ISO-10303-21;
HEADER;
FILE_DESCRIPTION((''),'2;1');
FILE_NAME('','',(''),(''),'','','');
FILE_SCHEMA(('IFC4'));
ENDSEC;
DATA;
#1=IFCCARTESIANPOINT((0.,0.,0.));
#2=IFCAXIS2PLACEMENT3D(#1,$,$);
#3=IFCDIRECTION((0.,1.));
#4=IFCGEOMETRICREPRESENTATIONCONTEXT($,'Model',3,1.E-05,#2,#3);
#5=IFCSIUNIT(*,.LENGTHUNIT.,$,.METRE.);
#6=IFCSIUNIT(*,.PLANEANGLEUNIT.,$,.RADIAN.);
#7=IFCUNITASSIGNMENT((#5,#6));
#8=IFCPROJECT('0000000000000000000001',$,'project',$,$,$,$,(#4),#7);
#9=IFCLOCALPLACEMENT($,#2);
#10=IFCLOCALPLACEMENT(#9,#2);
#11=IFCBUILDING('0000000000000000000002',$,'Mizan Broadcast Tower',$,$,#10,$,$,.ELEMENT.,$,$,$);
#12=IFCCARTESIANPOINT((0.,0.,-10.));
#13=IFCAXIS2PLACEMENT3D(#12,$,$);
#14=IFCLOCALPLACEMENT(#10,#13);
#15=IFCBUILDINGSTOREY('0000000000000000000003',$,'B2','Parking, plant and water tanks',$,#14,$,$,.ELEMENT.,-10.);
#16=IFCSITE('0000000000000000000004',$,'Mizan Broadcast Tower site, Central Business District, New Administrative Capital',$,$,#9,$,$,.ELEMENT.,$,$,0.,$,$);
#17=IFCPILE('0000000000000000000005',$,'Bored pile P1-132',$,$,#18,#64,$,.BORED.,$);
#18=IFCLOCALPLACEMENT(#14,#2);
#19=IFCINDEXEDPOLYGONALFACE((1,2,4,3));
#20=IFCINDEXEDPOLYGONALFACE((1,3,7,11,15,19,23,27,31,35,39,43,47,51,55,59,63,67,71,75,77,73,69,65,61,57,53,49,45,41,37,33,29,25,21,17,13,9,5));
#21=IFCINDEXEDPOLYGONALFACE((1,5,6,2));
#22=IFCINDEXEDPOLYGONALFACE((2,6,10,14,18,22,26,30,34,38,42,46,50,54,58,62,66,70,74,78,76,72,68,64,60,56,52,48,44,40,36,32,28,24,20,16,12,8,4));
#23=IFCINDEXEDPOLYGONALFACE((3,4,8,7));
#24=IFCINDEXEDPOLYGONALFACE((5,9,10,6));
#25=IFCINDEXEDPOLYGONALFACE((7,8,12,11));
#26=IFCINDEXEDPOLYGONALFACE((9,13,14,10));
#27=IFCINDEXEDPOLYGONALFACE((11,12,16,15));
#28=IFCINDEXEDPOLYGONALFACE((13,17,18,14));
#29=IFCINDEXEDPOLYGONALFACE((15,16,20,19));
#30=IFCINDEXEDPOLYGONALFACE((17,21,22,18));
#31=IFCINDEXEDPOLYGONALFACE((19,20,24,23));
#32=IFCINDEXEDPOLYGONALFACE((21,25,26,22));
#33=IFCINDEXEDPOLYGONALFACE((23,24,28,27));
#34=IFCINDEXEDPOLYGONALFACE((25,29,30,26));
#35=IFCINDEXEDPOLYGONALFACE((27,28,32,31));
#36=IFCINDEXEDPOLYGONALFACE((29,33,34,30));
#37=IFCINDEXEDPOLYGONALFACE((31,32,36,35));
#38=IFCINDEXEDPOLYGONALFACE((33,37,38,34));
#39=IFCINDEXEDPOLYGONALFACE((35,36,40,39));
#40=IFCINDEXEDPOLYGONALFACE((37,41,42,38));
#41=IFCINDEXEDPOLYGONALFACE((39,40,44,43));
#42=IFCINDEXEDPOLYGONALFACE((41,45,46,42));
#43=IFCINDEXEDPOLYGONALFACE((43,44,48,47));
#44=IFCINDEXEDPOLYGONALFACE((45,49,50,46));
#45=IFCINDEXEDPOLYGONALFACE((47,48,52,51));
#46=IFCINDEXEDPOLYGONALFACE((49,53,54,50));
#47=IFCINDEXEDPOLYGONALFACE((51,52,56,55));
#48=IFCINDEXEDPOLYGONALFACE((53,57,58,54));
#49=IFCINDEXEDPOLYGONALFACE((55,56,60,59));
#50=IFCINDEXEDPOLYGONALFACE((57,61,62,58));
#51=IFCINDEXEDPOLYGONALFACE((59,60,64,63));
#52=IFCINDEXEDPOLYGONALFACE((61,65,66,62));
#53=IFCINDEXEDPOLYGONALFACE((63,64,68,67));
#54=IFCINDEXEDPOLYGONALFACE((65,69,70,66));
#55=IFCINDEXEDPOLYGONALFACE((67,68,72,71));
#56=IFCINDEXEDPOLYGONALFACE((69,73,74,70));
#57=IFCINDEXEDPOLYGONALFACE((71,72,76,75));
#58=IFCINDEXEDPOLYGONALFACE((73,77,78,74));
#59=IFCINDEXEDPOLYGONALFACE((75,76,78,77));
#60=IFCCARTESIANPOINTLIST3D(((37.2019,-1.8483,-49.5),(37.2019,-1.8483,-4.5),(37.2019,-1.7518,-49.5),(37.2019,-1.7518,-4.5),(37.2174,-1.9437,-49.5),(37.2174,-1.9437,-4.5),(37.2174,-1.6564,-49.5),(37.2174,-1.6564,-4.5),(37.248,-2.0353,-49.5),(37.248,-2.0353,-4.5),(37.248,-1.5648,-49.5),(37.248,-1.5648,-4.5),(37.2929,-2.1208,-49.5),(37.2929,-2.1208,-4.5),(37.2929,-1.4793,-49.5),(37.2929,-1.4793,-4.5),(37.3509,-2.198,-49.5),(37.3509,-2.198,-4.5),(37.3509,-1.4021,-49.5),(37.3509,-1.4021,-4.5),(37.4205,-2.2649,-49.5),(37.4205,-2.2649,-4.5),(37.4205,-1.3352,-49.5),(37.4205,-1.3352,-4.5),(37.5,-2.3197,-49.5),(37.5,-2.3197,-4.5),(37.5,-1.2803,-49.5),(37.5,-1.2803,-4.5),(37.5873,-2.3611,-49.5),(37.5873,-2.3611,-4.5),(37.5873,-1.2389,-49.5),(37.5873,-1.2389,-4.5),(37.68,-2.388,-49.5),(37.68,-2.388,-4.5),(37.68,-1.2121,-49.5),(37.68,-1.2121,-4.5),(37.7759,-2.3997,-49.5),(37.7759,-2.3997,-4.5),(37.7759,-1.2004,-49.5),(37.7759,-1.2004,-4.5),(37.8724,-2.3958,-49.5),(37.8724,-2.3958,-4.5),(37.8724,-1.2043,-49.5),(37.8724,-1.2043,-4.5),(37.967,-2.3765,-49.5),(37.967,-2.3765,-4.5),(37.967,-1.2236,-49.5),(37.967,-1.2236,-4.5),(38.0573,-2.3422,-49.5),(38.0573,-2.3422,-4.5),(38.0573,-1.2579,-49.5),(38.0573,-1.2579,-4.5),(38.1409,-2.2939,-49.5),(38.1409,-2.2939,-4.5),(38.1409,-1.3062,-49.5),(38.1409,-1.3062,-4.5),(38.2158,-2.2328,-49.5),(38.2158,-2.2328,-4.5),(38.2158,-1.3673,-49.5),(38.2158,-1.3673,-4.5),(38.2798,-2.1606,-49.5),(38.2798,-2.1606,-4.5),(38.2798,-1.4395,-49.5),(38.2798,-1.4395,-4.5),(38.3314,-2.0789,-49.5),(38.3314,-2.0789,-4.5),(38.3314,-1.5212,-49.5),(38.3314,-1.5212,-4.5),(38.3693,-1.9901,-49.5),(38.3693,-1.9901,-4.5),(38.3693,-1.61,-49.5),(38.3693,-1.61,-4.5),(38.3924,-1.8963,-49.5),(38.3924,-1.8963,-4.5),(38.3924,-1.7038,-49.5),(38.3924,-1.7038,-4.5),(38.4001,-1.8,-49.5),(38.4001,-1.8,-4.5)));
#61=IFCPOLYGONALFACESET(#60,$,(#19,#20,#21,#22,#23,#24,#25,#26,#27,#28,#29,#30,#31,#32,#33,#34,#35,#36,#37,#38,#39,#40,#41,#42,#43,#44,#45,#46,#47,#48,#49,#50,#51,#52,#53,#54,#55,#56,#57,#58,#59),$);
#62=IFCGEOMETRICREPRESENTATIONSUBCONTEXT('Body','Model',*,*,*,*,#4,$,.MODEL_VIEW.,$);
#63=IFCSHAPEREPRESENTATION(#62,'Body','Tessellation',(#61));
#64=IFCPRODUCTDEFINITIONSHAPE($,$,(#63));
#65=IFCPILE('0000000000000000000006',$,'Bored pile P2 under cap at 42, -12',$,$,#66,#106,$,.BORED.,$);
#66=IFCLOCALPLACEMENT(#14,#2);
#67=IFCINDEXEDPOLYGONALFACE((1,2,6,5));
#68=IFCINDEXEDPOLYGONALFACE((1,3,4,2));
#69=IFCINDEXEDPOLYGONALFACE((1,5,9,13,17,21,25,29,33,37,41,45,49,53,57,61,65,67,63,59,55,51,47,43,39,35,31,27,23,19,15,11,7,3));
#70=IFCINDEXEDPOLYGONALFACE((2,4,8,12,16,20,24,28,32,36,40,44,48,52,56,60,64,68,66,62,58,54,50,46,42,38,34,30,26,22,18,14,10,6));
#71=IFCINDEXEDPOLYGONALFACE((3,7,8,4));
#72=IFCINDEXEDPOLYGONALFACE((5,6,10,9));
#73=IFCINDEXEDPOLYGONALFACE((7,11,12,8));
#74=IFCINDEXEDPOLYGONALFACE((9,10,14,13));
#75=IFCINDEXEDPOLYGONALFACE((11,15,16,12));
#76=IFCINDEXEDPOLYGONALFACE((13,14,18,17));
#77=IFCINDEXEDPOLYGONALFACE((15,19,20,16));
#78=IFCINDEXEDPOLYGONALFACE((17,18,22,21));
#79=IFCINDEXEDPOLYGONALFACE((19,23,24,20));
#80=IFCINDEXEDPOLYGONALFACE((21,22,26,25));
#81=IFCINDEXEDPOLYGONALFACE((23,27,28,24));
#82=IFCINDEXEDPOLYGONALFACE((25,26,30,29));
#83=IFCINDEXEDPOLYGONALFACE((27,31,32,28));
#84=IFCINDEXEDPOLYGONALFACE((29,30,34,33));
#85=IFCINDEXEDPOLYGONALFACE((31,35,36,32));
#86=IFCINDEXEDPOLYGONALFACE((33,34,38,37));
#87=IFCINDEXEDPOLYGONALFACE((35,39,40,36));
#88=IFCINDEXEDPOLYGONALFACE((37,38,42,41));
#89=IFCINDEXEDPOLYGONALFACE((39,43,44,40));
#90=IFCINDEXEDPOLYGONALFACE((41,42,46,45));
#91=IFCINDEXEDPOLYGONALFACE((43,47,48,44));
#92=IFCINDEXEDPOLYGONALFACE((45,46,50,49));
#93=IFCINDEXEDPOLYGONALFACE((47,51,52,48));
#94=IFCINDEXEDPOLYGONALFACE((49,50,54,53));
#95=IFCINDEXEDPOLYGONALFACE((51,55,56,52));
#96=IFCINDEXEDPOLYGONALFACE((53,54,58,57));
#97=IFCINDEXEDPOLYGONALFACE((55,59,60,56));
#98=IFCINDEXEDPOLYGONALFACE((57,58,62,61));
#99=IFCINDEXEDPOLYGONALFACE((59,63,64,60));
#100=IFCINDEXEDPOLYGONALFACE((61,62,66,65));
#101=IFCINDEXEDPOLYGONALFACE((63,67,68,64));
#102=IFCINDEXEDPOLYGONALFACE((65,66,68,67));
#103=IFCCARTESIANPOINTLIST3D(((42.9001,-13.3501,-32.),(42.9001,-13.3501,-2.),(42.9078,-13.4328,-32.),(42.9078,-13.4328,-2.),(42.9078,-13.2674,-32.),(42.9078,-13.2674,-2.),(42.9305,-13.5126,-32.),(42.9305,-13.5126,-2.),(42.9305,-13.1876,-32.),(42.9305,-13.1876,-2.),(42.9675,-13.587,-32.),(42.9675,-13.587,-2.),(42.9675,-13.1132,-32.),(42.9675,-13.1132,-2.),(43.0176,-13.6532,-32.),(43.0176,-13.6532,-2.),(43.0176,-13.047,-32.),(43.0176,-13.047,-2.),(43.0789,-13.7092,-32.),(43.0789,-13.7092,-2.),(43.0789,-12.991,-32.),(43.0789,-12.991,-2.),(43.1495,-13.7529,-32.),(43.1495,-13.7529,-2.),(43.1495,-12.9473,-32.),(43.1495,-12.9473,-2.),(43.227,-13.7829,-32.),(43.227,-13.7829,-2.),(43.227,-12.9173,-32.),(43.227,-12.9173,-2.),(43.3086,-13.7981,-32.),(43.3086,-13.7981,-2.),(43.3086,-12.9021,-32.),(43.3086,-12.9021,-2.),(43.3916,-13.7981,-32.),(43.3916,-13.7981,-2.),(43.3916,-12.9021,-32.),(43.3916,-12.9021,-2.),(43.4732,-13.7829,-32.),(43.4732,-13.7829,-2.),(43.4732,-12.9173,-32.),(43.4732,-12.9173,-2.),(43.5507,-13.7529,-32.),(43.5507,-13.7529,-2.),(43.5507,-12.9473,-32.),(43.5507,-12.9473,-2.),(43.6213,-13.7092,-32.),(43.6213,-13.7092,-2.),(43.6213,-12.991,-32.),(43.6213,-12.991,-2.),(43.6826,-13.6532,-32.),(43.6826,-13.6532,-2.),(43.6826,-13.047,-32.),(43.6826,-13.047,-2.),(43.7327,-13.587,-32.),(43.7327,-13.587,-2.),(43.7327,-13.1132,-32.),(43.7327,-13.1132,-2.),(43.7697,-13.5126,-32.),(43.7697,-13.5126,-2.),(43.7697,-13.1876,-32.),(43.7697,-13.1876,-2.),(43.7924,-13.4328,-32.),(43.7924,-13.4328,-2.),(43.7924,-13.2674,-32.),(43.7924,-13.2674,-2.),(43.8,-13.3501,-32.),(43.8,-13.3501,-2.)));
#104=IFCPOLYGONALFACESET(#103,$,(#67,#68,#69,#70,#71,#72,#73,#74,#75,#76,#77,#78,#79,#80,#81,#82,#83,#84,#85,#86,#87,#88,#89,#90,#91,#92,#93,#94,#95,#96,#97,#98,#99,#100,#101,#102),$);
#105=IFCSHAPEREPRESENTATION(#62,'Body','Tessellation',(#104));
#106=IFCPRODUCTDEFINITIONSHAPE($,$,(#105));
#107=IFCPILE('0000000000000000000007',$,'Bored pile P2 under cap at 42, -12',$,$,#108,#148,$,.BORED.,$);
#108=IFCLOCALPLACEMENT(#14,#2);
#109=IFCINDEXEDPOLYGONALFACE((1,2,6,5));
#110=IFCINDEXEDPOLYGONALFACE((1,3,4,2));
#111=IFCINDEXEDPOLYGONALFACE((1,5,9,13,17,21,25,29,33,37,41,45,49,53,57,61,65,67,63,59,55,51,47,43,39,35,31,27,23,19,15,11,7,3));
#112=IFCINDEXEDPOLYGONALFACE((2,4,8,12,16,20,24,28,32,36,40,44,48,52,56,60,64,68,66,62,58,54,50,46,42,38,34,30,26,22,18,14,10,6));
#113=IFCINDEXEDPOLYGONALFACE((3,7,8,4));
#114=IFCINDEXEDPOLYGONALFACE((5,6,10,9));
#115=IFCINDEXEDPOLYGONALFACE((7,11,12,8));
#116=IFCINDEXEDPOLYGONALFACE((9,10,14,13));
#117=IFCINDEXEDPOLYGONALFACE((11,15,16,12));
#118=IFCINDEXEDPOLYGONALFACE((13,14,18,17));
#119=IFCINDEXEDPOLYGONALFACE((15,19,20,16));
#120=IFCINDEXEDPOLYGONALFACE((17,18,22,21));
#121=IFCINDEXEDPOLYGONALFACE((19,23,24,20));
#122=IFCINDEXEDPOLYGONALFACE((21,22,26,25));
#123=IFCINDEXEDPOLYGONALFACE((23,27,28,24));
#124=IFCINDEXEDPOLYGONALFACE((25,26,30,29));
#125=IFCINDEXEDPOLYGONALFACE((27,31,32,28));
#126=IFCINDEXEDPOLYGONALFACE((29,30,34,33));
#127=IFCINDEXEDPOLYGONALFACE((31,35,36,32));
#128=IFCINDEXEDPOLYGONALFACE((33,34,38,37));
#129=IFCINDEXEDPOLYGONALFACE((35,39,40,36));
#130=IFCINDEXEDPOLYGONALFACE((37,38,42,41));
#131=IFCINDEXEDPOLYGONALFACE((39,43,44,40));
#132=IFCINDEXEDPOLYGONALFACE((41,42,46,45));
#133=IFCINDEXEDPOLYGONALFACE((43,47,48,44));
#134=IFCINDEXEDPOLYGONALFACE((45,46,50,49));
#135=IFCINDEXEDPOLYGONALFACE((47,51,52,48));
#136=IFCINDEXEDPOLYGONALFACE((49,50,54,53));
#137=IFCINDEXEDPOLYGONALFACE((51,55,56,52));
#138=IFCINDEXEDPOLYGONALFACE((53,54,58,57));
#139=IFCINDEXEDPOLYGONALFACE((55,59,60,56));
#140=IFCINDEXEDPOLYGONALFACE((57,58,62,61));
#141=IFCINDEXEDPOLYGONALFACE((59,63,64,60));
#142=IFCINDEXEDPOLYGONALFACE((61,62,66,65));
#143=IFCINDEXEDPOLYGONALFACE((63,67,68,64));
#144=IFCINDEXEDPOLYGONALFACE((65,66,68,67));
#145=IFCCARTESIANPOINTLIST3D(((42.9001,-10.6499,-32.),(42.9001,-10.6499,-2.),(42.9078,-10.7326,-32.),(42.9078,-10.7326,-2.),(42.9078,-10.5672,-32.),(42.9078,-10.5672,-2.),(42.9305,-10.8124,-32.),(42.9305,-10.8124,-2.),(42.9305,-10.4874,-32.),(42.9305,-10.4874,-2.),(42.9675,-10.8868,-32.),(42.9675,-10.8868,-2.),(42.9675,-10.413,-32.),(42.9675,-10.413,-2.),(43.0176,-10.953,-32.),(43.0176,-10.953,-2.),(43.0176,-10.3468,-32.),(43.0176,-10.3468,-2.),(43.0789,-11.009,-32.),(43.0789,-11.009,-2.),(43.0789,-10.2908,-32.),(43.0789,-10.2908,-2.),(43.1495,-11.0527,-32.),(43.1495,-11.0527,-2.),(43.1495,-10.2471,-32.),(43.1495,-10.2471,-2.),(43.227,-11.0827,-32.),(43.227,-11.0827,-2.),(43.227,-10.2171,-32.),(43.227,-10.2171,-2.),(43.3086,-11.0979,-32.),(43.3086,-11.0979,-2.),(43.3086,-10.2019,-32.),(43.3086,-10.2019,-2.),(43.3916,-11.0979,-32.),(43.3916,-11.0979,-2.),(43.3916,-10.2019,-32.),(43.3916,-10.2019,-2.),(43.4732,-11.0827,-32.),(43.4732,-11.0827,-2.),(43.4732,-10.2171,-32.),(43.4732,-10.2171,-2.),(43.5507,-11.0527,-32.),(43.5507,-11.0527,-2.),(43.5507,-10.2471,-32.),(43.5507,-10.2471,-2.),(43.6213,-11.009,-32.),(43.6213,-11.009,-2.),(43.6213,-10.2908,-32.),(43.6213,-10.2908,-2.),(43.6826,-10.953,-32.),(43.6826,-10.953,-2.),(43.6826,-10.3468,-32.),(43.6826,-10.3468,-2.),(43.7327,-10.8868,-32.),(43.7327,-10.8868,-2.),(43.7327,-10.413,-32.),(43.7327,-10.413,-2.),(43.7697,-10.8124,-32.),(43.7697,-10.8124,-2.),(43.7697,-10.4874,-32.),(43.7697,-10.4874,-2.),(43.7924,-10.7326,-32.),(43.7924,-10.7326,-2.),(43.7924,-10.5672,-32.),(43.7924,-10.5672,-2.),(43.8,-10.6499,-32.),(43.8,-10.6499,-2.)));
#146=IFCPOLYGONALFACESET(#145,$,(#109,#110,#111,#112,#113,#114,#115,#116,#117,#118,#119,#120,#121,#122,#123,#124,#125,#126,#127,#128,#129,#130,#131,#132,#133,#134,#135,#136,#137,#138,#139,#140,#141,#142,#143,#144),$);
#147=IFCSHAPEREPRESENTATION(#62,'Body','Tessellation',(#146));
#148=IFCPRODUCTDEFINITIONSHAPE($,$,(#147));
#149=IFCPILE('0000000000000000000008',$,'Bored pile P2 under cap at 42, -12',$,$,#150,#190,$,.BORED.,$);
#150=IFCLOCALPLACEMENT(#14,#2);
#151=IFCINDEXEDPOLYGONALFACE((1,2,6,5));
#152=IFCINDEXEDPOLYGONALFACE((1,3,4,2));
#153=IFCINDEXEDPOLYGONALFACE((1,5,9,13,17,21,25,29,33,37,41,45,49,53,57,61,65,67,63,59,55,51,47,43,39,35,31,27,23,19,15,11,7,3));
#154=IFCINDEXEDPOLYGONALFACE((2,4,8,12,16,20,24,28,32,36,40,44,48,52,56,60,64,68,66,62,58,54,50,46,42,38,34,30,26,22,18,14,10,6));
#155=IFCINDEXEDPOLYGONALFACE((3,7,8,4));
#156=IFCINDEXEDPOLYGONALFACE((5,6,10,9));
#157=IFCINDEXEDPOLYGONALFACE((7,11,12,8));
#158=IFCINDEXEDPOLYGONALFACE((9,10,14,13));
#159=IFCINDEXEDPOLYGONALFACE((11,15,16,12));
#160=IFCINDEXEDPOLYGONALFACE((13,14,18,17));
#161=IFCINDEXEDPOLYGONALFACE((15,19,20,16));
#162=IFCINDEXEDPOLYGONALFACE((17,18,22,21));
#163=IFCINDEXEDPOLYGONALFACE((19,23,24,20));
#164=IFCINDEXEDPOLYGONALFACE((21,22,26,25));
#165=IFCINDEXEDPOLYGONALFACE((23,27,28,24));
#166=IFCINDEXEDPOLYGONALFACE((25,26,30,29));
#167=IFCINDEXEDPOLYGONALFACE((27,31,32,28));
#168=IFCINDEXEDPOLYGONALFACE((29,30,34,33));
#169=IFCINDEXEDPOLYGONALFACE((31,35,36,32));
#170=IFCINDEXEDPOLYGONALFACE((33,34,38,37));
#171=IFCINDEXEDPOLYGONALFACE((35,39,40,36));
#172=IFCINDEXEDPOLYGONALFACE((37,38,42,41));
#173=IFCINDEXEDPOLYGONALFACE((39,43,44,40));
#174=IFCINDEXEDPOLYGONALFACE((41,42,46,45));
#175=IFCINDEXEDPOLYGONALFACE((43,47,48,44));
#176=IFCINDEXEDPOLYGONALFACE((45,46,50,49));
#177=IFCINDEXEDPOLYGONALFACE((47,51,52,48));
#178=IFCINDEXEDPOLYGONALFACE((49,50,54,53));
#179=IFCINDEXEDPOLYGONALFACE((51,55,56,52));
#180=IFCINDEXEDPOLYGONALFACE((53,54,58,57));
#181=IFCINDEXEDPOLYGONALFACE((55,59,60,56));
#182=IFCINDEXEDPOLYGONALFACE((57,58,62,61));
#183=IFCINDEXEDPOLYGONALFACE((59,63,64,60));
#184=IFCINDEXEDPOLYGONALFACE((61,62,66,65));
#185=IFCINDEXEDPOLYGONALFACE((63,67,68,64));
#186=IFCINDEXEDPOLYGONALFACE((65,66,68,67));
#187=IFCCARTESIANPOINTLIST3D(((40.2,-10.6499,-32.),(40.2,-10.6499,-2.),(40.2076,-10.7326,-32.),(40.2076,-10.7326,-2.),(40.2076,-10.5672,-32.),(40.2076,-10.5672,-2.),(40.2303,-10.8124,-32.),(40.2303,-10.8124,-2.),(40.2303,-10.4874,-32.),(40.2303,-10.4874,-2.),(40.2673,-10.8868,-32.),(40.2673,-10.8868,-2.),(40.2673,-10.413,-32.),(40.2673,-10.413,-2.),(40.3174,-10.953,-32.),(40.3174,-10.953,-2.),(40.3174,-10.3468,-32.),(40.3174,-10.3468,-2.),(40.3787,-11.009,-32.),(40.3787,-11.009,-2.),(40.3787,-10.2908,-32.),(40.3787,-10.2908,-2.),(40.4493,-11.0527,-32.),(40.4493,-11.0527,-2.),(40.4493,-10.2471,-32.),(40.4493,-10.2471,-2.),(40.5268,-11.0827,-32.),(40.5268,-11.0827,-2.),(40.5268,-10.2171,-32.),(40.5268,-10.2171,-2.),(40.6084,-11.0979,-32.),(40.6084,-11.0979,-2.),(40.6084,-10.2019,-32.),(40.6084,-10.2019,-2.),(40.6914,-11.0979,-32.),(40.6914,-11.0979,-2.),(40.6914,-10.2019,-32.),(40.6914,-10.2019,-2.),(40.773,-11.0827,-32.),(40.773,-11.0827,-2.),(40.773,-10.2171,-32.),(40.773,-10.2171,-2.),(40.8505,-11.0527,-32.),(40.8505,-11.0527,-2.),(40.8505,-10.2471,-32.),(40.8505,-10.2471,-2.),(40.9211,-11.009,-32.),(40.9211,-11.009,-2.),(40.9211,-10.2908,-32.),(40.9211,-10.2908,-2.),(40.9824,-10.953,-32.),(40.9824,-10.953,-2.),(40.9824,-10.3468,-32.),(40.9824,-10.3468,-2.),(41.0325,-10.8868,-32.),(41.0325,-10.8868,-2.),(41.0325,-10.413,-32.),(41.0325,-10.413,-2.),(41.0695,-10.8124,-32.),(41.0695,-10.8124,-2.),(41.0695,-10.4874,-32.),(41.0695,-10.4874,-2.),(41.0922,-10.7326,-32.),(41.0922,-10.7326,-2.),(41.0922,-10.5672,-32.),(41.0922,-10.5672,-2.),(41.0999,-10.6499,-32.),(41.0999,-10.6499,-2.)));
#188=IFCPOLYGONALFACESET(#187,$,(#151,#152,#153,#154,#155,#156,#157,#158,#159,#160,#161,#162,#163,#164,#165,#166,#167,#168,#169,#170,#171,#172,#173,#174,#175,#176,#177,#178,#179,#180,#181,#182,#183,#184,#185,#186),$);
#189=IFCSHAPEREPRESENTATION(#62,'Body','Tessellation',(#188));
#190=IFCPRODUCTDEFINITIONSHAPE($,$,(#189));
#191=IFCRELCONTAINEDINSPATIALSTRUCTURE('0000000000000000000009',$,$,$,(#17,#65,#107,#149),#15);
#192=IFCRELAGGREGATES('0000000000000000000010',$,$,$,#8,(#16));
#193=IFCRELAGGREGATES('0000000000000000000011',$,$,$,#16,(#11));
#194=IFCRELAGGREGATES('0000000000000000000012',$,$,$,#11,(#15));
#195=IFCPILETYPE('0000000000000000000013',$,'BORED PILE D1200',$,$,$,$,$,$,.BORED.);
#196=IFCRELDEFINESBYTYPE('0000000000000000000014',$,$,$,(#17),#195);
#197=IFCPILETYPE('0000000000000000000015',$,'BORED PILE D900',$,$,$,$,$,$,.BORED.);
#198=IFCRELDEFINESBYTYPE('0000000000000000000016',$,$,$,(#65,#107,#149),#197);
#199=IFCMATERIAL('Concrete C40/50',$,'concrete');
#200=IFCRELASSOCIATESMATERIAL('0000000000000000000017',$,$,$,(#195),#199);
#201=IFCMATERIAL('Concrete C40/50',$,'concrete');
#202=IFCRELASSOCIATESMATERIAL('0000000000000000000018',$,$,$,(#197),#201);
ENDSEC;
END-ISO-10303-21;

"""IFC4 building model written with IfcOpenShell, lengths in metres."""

from ifc_helpers import new_model, si_unit, direction, frame, origin, origin_2d, place, context, subcontext, project, spatial, circle, extrude, material, material_profile, profile_set, type_object, element, save


model = new_model("IFC4")

# Units and contexts
model_context = context("Model", 3, precision=1e-05, world=origin(), true_north=direction((0.0, 1.0)))
body_context = subcontext(model_context, "Body", "Model", "MODEL_VIEW")
ifc_project = project(units=[si_unit("LENGTHUNIT", "METRE"), si_unit("PLANEANGLEUNIT", "RADIAN")], contexts=[model_context])

# Site, building, storey
site_placement = place(None, origin())
site = spatial("IfcSite", under=ifc_project, at=site_placement, Name="Mizan Broadcast Tower site, Central Business District, New Administrative Capital", CompositionType="ELEMENT", RefElevation=0.0)
building_placement = place(site_placement, origin())
building = spatial("IfcBuilding", under=site, at=building_placement, Name="Mizan Broadcast Tower", CompositionType="ELEMENT")
storey_placement = place(building_placement, frame((0.0, 0.0, -10.0)))
storey = spatial("IfcBuildingStorey", under=building, at=storey_placement, Name="B2", Description="Parking, plant and water tanks", CompositionType="ELEMENT", Elevation=-10.0)

# Piles
ifc_material_1 = material(Name="Concrete C40/50", Category="concrete")
ifc_material_profile_1 = material_profile(ifc_material_1, circle(Radius=0.6001, at=origin_2d()), Name="D1200")
ifc_profile_set_1 = profile_set([ifc_material_profile_1], Name="Concrete C40/50")
pile_type_1 = type_object("IfcPileType", Name="BORED PILE D1200", PredefinedType="BORED", material=ifc_profile_set_1)
for number, where, z_axis, x_axis, name in (
    (1, (37.8, -1.8, -4.5), (0.0, 0.0, -1.0), (1.0, 0.0, 0.0), "Bored pile P1-132"),
):
    element("IfcPile", number, at=place(storey_placement, frame(where, z_axis=z_axis, x_axis=x_axis)), inside=storey, type_object=pile_type_1, Name=name, PredefinedType="BORED", context=body_context, shape_type="SweptSolid", body=[
        extrude(circle(Radius=0.6001, at=origin_2d()), origin(), (0.0, 0.0, 1.0), 45.0),
    ])
ifc_material_2 = material(Name="Concrete C40/50", Category="concrete")
ifc_material_profile_2 = material_profile(ifc_material_2, circle(Radius=0.45, at=origin_2d()), Name="D900")
ifc_profile_set_2 = profile_set([ifc_material_profile_2], Name="Concrete C40/50")
pile_type_2 = type_object("IfcPileType", Name="BORED PILE D900", PredefinedType="BORED", material=ifc_profile_set_2)
for number, where, z_axis, x_axis, name in (
    (2, (43.3501, -13.3501, -2.0), (0.0, 0.0, -1.0), (1.0, 0.0, 0.0), "Bored pile P2 under cap at 42, -12"),
    (3, (43.3501, -10.6499, -2.0), (0.0, 0.0, -1.0), (1.0, 0.0, 0.0), "Bored pile P2 under cap at 42, -12"),
    (4, (40.6499, -10.6499, -2.0), (0.0, 0.0, -1.0), (1.0, 0.0, 0.0), "Bored pile P2 under cap at 42, -12"),
):
    element("IfcPile", number, at=place(storey_placement, frame(where, z_axis=z_axis, x_axis=x_axis)), inside=storey, type_object=pile_type_2, Name=name, PredefinedType="BORED", context=body_context, shape_type="SweptSolid", body=[
        extrude(circle(Radius=0.45, at=origin_2d()), origin(), (0.0, 0.0, 1.0), 30.0),
    ])

save(model, "model.ifc")
